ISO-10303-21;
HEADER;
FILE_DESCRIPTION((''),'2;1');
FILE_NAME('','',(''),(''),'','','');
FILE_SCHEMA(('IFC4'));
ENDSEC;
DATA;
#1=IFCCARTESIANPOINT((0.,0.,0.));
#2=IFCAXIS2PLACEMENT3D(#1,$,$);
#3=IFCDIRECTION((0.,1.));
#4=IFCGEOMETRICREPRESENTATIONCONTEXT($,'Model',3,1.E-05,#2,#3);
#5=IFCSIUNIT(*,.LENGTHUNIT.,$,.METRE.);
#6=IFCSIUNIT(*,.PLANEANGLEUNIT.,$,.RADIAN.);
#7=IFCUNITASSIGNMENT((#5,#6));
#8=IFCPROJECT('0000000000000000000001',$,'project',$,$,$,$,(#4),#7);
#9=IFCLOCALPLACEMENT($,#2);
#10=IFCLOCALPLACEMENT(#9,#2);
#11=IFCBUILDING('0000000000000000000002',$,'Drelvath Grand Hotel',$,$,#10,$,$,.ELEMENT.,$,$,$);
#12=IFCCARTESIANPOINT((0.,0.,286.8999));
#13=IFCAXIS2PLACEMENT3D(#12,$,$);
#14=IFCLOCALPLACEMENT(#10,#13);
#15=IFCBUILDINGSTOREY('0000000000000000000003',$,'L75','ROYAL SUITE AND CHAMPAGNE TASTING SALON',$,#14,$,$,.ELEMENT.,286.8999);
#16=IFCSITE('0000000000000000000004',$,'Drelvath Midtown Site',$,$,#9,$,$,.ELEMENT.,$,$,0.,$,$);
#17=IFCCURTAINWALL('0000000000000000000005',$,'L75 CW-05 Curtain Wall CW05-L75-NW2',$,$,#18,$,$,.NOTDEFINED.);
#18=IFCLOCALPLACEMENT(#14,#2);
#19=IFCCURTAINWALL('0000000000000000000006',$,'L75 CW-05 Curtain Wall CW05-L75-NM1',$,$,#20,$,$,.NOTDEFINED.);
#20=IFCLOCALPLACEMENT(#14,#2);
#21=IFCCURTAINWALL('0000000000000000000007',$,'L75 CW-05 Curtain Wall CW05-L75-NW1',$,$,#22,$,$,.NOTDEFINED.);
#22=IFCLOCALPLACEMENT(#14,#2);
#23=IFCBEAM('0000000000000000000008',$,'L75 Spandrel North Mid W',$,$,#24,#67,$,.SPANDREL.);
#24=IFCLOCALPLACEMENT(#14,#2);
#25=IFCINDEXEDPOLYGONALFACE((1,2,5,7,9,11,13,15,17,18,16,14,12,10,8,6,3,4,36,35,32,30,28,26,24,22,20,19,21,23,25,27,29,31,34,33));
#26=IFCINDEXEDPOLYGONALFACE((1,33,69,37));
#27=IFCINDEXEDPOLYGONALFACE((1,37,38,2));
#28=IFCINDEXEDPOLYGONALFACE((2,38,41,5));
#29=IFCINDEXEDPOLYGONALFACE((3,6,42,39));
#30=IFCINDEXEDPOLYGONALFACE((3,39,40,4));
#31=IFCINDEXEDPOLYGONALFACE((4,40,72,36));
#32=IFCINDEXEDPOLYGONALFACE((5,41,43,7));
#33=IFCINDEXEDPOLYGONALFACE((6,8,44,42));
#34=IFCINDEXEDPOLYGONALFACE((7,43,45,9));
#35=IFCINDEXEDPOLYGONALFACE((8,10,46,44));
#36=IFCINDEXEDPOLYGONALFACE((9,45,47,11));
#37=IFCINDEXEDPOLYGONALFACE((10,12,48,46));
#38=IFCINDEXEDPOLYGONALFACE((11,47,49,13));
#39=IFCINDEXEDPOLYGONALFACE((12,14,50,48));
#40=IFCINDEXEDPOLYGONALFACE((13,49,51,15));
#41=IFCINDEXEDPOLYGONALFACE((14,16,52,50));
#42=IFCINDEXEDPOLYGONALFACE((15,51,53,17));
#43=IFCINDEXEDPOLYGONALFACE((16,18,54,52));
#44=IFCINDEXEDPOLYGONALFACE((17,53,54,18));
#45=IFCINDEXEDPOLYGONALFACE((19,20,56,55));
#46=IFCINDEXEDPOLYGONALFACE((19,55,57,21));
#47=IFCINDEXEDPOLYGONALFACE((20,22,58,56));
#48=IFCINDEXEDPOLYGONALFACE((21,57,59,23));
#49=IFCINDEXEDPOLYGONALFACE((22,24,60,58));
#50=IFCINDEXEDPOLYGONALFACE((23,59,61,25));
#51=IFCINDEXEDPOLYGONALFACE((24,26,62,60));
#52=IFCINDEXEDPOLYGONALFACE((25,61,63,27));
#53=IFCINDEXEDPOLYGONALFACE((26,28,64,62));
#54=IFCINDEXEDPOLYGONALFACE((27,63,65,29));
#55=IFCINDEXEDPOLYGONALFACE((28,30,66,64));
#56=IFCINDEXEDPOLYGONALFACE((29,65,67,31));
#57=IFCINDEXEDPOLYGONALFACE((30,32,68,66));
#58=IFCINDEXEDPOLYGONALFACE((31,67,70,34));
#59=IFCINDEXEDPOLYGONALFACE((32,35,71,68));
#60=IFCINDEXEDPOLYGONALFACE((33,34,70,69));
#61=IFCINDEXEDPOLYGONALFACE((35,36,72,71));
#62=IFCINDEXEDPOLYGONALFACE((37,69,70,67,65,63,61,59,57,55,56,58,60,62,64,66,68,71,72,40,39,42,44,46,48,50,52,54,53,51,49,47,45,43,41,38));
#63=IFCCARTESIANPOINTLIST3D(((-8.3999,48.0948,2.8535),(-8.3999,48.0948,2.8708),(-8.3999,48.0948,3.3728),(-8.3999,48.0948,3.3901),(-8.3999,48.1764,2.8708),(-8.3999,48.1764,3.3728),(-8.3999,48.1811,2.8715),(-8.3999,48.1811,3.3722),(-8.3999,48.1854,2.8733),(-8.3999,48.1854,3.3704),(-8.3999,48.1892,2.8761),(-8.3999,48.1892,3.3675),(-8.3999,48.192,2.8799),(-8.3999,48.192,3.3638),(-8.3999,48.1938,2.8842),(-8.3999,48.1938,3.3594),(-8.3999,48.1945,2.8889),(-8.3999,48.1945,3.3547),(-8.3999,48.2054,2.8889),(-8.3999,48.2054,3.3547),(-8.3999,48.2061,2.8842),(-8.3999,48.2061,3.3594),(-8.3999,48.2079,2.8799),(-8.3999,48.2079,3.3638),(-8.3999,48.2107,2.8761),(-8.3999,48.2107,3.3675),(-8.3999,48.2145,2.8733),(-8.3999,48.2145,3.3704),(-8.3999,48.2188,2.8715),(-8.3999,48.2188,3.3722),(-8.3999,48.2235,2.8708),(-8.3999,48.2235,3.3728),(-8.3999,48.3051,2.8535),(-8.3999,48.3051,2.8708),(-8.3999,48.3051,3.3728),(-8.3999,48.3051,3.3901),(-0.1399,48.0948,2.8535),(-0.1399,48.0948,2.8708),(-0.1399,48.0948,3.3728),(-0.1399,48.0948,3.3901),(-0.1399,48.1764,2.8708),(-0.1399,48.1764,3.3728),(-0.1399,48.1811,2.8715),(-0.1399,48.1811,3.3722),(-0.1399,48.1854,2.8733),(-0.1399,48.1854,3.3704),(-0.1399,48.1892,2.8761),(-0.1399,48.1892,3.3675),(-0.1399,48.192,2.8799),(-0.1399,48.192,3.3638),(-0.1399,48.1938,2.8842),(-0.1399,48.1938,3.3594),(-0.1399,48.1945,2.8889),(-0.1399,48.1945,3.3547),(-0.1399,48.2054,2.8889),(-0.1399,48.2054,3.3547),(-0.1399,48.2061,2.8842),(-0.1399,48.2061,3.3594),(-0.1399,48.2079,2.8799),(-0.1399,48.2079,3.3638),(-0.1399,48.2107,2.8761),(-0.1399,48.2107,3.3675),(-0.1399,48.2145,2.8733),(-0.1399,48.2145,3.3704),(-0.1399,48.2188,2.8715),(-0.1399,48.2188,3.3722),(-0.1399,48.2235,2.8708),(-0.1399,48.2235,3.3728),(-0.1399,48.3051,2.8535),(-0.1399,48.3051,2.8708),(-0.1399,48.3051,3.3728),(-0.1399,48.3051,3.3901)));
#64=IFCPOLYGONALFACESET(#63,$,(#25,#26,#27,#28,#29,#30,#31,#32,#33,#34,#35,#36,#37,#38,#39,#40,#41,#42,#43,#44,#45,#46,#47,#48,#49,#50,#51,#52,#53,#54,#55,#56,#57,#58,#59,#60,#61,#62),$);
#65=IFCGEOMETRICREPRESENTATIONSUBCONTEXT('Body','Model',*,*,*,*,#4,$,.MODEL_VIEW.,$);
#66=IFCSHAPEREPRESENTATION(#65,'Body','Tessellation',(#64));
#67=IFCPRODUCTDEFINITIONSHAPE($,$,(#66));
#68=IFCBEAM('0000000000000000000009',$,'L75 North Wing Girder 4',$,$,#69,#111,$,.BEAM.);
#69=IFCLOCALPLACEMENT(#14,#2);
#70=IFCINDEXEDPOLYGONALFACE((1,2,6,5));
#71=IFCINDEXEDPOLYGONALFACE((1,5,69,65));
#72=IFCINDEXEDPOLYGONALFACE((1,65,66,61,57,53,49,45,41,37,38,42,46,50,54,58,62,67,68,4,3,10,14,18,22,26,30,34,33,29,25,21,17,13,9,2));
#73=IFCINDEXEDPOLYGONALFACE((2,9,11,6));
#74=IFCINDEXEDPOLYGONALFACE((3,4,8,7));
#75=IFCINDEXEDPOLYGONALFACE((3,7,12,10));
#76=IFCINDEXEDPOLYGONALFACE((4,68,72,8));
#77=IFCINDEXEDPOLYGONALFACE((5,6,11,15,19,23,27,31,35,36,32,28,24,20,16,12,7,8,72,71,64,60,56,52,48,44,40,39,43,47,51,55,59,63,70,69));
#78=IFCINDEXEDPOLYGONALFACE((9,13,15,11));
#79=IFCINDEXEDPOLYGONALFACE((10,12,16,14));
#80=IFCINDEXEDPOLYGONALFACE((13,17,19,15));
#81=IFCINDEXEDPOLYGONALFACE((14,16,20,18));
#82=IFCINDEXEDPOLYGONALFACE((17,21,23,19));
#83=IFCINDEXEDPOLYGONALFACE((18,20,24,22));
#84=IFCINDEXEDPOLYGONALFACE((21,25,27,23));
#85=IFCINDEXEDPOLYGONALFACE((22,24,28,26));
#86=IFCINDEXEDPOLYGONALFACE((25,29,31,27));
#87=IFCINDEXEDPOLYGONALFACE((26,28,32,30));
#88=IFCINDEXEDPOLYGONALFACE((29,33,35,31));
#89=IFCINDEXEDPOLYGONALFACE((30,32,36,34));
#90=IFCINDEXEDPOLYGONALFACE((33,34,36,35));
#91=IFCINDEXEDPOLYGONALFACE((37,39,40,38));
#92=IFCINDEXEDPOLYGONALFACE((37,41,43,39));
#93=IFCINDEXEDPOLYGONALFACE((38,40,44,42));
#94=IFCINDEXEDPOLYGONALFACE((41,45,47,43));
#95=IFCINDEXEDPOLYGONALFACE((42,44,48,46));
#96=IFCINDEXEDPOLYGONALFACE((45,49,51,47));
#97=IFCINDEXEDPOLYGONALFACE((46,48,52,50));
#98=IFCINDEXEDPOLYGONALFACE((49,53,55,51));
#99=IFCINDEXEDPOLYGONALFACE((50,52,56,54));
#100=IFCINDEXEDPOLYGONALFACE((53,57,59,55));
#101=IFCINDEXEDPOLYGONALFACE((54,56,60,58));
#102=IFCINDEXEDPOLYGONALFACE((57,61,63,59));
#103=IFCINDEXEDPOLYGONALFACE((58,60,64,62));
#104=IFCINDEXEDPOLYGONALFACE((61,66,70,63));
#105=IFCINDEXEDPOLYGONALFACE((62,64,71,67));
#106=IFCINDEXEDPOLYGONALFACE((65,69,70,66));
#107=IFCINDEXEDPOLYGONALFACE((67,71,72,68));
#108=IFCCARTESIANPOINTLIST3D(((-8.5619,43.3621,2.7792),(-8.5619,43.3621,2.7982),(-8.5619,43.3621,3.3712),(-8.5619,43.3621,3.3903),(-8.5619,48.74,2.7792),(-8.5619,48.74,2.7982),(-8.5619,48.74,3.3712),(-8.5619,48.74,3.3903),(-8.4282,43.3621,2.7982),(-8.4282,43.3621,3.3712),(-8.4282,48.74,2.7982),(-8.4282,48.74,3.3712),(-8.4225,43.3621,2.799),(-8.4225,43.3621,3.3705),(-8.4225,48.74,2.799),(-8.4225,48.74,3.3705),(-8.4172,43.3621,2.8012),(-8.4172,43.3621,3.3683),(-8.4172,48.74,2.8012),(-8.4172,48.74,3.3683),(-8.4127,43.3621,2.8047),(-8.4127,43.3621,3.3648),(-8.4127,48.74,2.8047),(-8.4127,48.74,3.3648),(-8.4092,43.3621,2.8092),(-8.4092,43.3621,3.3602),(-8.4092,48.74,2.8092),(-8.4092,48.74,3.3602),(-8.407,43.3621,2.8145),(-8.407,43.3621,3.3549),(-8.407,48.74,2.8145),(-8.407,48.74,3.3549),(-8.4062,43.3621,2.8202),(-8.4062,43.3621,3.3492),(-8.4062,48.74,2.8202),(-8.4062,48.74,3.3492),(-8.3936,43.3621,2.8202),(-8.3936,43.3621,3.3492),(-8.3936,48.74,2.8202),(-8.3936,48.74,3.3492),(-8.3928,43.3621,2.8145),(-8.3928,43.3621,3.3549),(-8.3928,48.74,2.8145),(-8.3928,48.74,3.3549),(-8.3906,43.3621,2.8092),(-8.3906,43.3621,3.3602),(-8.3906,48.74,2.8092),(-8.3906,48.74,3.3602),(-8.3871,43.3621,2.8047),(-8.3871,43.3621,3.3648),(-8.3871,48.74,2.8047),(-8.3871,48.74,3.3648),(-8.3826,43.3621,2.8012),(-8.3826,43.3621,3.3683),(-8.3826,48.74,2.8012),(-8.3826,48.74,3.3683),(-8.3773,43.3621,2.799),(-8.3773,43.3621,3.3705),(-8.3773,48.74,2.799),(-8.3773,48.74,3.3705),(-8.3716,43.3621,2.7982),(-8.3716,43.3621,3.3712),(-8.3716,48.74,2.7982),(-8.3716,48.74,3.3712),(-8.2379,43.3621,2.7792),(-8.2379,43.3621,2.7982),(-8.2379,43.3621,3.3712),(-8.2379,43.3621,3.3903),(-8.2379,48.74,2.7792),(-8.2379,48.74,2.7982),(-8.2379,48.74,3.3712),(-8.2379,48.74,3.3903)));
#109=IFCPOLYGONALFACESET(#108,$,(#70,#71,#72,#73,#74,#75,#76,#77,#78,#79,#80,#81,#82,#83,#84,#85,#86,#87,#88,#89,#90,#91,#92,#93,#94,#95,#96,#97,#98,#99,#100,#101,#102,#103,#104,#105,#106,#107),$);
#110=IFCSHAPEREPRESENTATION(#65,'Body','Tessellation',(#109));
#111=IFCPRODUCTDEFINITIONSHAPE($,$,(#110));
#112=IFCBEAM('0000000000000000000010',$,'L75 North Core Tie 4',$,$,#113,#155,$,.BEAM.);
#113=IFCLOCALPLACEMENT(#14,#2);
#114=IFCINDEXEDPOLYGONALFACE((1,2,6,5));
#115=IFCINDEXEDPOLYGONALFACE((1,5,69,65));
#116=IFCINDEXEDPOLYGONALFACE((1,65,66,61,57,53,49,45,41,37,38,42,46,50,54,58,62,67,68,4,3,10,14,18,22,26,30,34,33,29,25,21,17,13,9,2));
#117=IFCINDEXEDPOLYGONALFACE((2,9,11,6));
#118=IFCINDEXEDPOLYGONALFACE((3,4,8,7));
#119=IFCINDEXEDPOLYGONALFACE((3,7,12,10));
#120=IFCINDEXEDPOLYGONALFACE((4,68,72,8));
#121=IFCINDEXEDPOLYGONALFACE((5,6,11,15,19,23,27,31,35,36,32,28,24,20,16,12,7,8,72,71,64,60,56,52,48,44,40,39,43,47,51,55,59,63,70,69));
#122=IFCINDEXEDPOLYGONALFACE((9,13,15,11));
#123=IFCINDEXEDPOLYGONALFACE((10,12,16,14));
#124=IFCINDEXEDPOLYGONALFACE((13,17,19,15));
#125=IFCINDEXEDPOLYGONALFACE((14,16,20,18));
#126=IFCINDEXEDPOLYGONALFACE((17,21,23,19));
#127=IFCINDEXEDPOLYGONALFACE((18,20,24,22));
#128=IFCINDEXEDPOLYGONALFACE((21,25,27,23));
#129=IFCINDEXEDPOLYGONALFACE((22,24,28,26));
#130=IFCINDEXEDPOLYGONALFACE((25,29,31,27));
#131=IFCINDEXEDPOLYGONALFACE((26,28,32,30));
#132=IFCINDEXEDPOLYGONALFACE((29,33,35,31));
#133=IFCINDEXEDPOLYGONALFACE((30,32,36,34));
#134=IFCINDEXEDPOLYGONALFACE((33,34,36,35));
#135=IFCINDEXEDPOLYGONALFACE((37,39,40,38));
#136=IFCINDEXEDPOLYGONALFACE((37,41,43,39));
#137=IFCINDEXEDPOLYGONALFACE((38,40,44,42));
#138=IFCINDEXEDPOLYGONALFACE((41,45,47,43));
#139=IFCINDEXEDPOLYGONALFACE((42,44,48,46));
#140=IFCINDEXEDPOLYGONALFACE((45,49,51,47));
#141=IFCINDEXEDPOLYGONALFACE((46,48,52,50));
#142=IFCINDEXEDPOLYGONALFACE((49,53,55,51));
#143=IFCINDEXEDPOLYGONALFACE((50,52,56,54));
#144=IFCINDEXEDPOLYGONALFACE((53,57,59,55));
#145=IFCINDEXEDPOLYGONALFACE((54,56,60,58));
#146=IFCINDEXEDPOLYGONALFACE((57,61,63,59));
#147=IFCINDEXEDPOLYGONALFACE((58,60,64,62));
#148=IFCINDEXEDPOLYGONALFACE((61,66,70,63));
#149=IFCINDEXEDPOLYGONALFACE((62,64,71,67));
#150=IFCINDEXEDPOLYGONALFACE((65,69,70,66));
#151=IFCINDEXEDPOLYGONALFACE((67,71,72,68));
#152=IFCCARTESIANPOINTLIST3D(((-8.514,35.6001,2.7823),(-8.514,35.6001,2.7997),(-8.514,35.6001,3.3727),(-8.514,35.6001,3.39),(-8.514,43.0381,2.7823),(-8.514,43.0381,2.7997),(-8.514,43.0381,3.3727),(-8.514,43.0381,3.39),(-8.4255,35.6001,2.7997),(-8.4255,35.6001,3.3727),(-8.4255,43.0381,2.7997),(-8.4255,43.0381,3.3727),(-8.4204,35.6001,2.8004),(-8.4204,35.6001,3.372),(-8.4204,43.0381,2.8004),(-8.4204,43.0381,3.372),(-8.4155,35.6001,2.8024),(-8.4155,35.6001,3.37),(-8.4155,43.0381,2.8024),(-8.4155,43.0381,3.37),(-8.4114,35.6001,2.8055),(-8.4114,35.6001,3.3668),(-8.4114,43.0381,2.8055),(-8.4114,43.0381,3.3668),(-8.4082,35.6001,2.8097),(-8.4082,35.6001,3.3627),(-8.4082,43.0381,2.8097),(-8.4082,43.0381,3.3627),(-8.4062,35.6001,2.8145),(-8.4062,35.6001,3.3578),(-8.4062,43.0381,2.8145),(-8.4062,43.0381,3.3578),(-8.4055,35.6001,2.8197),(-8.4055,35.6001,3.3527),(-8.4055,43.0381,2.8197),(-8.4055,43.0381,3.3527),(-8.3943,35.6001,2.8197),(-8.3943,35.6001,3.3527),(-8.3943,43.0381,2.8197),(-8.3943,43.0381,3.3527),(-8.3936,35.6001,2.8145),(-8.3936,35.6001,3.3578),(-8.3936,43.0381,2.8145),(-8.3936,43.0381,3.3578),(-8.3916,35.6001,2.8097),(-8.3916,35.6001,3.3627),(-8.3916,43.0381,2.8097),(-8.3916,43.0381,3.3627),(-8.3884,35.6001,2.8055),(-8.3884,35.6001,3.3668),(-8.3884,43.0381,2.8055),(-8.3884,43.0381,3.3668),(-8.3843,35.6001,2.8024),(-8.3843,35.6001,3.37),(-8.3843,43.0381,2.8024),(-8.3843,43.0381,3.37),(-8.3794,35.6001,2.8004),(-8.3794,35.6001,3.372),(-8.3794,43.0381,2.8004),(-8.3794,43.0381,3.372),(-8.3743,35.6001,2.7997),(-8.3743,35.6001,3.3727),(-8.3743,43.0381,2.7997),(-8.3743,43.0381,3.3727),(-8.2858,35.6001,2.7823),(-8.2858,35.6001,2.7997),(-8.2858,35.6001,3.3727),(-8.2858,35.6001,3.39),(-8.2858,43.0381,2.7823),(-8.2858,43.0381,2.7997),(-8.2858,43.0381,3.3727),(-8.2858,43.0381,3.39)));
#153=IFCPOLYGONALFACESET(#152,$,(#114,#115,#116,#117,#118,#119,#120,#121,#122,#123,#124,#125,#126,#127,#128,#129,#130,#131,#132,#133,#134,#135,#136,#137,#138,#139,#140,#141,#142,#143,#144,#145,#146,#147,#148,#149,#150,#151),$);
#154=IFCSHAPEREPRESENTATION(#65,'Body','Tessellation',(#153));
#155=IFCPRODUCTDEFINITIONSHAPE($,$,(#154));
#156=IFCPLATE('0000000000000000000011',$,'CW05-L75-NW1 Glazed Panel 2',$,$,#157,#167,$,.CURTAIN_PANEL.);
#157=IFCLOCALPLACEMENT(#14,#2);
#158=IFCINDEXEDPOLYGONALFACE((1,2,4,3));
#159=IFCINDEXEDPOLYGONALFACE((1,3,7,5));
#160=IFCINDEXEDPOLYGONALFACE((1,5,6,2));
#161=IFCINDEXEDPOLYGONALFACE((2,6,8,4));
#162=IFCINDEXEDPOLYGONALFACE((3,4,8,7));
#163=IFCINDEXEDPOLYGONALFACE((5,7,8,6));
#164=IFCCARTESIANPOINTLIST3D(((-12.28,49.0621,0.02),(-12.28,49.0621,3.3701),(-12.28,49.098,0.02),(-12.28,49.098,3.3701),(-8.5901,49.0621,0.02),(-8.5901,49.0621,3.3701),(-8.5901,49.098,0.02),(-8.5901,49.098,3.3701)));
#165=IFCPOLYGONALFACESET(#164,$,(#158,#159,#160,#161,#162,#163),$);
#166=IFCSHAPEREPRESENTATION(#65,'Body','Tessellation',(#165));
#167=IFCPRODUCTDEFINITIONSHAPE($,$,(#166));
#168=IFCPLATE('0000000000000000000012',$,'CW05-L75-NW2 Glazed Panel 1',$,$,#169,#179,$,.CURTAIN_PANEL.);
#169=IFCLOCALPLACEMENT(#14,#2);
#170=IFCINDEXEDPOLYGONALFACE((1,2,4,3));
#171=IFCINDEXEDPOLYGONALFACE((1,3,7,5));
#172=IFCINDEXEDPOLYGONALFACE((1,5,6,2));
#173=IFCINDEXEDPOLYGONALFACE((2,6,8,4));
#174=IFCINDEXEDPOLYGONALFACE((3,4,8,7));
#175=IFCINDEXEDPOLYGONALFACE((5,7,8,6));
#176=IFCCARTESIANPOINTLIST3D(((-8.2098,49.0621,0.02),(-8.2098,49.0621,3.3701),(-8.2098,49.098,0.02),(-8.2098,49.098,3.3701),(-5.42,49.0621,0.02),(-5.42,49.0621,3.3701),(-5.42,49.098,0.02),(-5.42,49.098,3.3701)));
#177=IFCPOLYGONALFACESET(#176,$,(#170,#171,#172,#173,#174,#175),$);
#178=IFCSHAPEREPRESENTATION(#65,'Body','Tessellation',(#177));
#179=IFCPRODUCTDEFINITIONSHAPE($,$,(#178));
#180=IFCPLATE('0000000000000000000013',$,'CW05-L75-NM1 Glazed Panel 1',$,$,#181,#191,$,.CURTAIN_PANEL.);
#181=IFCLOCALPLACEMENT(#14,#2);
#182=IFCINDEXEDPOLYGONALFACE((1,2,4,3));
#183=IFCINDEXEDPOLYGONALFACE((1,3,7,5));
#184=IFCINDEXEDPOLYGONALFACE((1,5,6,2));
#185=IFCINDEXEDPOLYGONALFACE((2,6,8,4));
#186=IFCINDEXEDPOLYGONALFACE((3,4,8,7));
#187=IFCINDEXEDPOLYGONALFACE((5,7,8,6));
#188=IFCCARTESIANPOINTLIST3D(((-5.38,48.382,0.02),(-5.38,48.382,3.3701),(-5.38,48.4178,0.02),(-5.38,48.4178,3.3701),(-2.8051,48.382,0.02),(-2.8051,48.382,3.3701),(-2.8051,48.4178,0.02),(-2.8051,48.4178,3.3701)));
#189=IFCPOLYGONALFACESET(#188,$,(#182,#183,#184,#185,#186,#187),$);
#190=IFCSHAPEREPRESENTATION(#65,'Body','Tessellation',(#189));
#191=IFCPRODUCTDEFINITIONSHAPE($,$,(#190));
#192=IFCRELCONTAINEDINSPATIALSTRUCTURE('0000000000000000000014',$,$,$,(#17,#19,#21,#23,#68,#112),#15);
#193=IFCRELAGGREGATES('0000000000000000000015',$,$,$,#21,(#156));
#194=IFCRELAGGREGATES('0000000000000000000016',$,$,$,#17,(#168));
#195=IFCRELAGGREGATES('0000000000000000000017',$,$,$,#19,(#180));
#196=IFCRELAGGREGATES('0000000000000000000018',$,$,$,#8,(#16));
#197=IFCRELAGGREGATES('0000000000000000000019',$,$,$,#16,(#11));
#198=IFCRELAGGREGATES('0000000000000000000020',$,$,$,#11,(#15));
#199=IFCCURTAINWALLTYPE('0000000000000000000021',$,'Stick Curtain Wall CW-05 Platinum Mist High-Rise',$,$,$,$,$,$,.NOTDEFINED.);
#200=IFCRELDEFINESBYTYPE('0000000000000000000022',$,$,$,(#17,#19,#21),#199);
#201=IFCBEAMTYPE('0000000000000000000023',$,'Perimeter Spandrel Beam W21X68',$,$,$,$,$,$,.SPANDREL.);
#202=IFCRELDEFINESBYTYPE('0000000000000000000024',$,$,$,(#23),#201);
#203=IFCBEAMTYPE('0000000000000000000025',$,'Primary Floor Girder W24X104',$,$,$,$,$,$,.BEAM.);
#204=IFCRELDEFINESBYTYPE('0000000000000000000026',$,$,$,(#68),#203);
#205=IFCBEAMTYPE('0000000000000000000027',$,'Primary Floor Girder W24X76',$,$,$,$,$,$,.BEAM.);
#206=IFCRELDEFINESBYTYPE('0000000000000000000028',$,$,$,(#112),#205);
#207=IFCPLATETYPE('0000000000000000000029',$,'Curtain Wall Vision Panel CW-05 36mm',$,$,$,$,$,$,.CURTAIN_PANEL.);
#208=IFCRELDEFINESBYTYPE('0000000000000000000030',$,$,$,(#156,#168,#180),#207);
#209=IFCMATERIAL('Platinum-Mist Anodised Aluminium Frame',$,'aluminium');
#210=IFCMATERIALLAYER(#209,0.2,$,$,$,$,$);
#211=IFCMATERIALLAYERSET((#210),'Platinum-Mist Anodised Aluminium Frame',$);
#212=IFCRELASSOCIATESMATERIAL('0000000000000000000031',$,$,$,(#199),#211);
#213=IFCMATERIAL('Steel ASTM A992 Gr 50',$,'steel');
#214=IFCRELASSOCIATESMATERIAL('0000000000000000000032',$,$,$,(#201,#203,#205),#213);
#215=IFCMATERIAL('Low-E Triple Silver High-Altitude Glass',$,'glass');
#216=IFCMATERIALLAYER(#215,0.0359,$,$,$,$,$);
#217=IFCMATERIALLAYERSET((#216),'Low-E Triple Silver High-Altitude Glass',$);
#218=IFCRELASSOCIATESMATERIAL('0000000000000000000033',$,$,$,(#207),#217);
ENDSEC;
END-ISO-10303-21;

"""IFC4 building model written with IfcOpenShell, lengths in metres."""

from ifc_helpers import new_model, si_unit, direction, frame, origin, origin_2d, place, context, subcontext, project, spatial, rectangle, i_section, extrude, material, layer, layer_set, material_profile, profile_set, type_object, element, aggregate, save


model = new_model("IFC4")

# Units and contexts
model_context = context("Model", 3, precision=1e-05, world=origin(), true_north=direction((0.0, 1.0)))
body_context = subcontext(model_context, "Body", "Model", "MODEL_VIEW")
ifc_project = project(units=[si_unit("LENGTHUNIT", "METRE"), si_unit("PLANEANGLEUNIT", "RADIAN")], contexts=[model_context])

# Site, building, storey
site_placement = place(None, origin())
site = spatial("IfcSite", under=ifc_project, at=site_placement, Name="Drelvath Midtown Site", CompositionType="ELEMENT", RefElevation=0.0)
building_placement = place(site_placement, origin())
building = spatial("IfcBuilding", under=site, at=building_placement, Name="Drelvath Grand Hotel", CompositionType="ELEMENT")
storey_placement = place(building_placement, frame((0.0, 0.0, 286.8999)))
storey = spatial("IfcBuildingStorey", under=building, at=storey_placement, Name="L75", Description="ROYAL SUITE AND CHAMPAGNE TASTING SALON", CompositionType="ELEMENT", Elevation=286.8999)

# Curtain walls
ifc_material_1 = material(Name="Platinum-Mist Anodised Aluminium Frame", Category="aluminium")
ifc_layer_1 = layer(ifc_material_1, 0.2)
ifc_layer_set_1 = layer_set([ifc_layer_1], Name="Platinum-Mist Anodised Aluminium Frame")
curtain_wall_type = type_object("IfcCurtainWallType", Name="Stick Curtain Wall CW-05 Platinum Mist High-Rise", PredefinedType="NOTDEFINED", material=ifc_layer_set_1)
curtain_wall_1_placement = place(storey_placement, origin())
curtain_wall_1 = element("IfcCurtainWall", 1, at=curtain_wall_1_placement, inside=storey, type_object=curtain_wall_type, Name="L75 CW-05 Curtain Wall CW05-L75-NW2", PredefinedType="NOTDEFINED")
curtain_wall_2_placement = place(storey_placement, origin())
curtain_wall_2 = element("IfcCurtainWall", 2, at=curtain_wall_2_placement, inside=storey, type_object=curtain_wall_type, Name="L75 CW-05 Curtain Wall CW05-L75-NM1", PredefinedType="NOTDEFINED")
curtain_wall_3_placement = place(storey_placement, origin())
curtain_wall_3 = element("IfcCurtainWall", 3, at=curtain_wall_3_placement, inside=storey, type_object=curtain_wall_type, Name="L75 CW-05 Curtain Wall CW05-L75-NW1", PredefinedType="NOTDEFINED")

# Beams
ifc_material_2 = material(Name="Steel ASTM A992 Gr 50", Category="steel")
ifc_material_profile_1 = material_profile(ifc_material_2, i_section(OverallWidth=0.2102, OverallDepth=0.5366, WebThickness=0.011, FlangeThickness=0.0173, FilletRadius=0.0181, at=origin_2d()), Name="W21X68")
ifc_profile_set_1 = profile_set([ifc_material_profile_1], Name="Steel ASTM A992 Gr 50")
beam_type_1 = type_object("IfcBeamType", Name="Perimeter Spandrel Beam W21X68", PredefinedType="SPANDREL", material=ifc_profile_set_1)
beam_1_placement = place(storey_placement, frame((-8.3999, 48.2, 3.1218), z_axis=(1.0, 0.0, 0.0), x_axis=(0.0, 1.0, 0.0)))
element("IfcBeam", 4, at=beam_1_placement, inside=storey, type_object=beam_type_1, Name="L75 Spandrel North Mid W", PredefinedType="SPANDREL", context=body_context, shape_type="SweptSolid", body=[
    extrude(i_section(OverallWidth=0.2102, OverallDepth=0.5366, WebThickness=0.011, FlangeThickness=0.0173, FilletRadius=0.0181, at=origin_2d()), origin(), (0.0, 0.0, 1.0), 8.26),
])
ifc_material_profile_2 = material_profile(ifc_material_2, i_section(OverallWidth=0.324, OverallDepth=0.6111, WebThickness=0.0127, FlangeThickness=0.019, FilletRadius=0.022, at=origin_2d()), Name="W24X104")
ifc_profile_set_2 = profile_set([ifc_material_profile_2], Name="Steel ASTM A992 Gr 50")
beam_type_2 = type_object("IfcBeamType", Name="Primary Floor Girder W24X104", PredefinedType="BEAM", material=ifc_profile_set_2)
beam_2_placement = place(storey_placement, frame((-8.3999, 43.3621, 3.0847), z_axis=(0.0, 1.0, 0.0), x_axis=(-1.0, 0.0, 0.0)))
element("IfcBeam", 5, at=beam_2_placement, inside=storey, type_object=beam_type_2, Name="L75 North Wing Girder 4", PredefinedType="BEAM", context=body_context, shape_type="SweptSolid", body=[
    extrude(i_section(OverallWidth=0.324, OverallDepth=0.6111, WebThickness=0.0127, FlangeThickness=0.019, FilletRadius=0.022, at=origin_2d()), origin(), (0.0, 0.0, 1.0), 5.3779),
])
ifc_material_profile_3 = material_profile(ifc_material_2, i_section(OverallWidth=0.2283, OverallDepth=0.6077, WebThickness=0.0112, FlangeThickness=0.0173, FilletRadius=0.02, at=origin_2d()), Name="W24X76")
ifc_profile_set_3 = profile_set([ifc_material_profile_3], Name="Steel ASTM A992 Gr 50")
beam_type_3 = type_object("IfcBeamType", Name="Primary Floor Girder W24X76", PredefinedType="BEAM", material=ifc_profile_set_3)
beam_3_placement = place(storey_placement, frame((-8.3999, 35.6001, 3.0862), z_axis=(0.0, 1.0, 0.0), x_axis=(-1.0, 0.0, 0.0)))
element("IfcBeam", 6, at=beam_3_placement, inside=storey, type_object=beam_type_3, Name="L75 North Core Tie 4", PredefinedType="BEAM", context=body_context, shape_type="SweptSolid", body=[
    extrude(i_section(OverallWidth=0.2283, OverallDepth=0.6077, WebThickness=0.0112, FlangeThickness=0.0173, FilletRadius=0.02, at=origin_2d()), origin(), (0.0, 0.0, 1.0), 7.438),
])

# Plates
ifc_material_3 = material(Name="Low-E Triple Silver High-Altitude Glass", Category="glass")
ifc_layer_2 = layer(ifc_material_3, 0.0359)
ifc_layer_set_2 = layer_set([ifc_layer_2], Name="Low-E Triple Silver High-Altitude Glass")
plate_type = type_object("IfcPlateType", Name="Curtain Wall Vision Panel CW-05 36mm", PredefinedType="CURTAIN_PANEL", material=ifc_layer_set_2)
plate_1_placement = place(storey_placement, frame((-10.4351, 49.0801, 0.02), z_axis=(0.0, 0.0, 1.0), x_axis=(1.0, 0.0, 0.0)))
plate_1 = element("IfcPlate", 7, at=plate_1_placement, type_object=plate_type, Name="CW05-L75-NW1 Glazed Panel 2", PredefinedType="CURTAIN_PANEL", context=body_context, shape_type="SweptSolid", body=[
    extrude(rectangle(XDim=3.6899, YDim=0.0359, at=origin_2d()), origin(), (0.0, 0.0, 1.0), 3.3501),
])
aggregate(curtain_wall_3, [plate_1])
plate_2_placement = place(storey_placement, frame((-6.8149, 49.0801, 0.02), z_axis=(0.0, 0.0, 1.0), x_axis=(1.0, 0.0, 0.0)))
plate_2 = element("IfcPlate", 8, at=plate_2_placement, type_object=plate_type, Name="CW05-L75-NW2 Glazed Panel 1", PredefinedType="CURTAIN_PANEL", context=body_context, shape_type="SweptSolid", body=[
    extrude(rectangle(XDim=2.7898, YDim=0.0359, at=origin_2d()), origin(), (0.0, 0.0, 1.0), 3.3501),
])
aggregate(curtain_wall_1, [plate_2])
plate_3_placement = place(storey_placement, frame((-4.0925, 48.3999, 0.02), z_axis=(0.0, 0.0, 1.0), x_axis=(1.0, 0.0, 0.0)))
plate_3 = element("IfcPlate", 9, at=plate_3_placement, type_object=plate_type, Name="CW05-L75-NM1 Glazed Panel 1", PredefinedType="CURTAIN_PANEL", context=body_context, shape_type="SweptSolid", body=[
    extrude(rectangle(XDim=2.575, YDim=0.0359, at=origin_2d()), origin(), (0.0, 0.0, 1.0), 3.3501),
])
aggregate(curtain_wall_2, [plate_3])

save(model, "model.ifc")
